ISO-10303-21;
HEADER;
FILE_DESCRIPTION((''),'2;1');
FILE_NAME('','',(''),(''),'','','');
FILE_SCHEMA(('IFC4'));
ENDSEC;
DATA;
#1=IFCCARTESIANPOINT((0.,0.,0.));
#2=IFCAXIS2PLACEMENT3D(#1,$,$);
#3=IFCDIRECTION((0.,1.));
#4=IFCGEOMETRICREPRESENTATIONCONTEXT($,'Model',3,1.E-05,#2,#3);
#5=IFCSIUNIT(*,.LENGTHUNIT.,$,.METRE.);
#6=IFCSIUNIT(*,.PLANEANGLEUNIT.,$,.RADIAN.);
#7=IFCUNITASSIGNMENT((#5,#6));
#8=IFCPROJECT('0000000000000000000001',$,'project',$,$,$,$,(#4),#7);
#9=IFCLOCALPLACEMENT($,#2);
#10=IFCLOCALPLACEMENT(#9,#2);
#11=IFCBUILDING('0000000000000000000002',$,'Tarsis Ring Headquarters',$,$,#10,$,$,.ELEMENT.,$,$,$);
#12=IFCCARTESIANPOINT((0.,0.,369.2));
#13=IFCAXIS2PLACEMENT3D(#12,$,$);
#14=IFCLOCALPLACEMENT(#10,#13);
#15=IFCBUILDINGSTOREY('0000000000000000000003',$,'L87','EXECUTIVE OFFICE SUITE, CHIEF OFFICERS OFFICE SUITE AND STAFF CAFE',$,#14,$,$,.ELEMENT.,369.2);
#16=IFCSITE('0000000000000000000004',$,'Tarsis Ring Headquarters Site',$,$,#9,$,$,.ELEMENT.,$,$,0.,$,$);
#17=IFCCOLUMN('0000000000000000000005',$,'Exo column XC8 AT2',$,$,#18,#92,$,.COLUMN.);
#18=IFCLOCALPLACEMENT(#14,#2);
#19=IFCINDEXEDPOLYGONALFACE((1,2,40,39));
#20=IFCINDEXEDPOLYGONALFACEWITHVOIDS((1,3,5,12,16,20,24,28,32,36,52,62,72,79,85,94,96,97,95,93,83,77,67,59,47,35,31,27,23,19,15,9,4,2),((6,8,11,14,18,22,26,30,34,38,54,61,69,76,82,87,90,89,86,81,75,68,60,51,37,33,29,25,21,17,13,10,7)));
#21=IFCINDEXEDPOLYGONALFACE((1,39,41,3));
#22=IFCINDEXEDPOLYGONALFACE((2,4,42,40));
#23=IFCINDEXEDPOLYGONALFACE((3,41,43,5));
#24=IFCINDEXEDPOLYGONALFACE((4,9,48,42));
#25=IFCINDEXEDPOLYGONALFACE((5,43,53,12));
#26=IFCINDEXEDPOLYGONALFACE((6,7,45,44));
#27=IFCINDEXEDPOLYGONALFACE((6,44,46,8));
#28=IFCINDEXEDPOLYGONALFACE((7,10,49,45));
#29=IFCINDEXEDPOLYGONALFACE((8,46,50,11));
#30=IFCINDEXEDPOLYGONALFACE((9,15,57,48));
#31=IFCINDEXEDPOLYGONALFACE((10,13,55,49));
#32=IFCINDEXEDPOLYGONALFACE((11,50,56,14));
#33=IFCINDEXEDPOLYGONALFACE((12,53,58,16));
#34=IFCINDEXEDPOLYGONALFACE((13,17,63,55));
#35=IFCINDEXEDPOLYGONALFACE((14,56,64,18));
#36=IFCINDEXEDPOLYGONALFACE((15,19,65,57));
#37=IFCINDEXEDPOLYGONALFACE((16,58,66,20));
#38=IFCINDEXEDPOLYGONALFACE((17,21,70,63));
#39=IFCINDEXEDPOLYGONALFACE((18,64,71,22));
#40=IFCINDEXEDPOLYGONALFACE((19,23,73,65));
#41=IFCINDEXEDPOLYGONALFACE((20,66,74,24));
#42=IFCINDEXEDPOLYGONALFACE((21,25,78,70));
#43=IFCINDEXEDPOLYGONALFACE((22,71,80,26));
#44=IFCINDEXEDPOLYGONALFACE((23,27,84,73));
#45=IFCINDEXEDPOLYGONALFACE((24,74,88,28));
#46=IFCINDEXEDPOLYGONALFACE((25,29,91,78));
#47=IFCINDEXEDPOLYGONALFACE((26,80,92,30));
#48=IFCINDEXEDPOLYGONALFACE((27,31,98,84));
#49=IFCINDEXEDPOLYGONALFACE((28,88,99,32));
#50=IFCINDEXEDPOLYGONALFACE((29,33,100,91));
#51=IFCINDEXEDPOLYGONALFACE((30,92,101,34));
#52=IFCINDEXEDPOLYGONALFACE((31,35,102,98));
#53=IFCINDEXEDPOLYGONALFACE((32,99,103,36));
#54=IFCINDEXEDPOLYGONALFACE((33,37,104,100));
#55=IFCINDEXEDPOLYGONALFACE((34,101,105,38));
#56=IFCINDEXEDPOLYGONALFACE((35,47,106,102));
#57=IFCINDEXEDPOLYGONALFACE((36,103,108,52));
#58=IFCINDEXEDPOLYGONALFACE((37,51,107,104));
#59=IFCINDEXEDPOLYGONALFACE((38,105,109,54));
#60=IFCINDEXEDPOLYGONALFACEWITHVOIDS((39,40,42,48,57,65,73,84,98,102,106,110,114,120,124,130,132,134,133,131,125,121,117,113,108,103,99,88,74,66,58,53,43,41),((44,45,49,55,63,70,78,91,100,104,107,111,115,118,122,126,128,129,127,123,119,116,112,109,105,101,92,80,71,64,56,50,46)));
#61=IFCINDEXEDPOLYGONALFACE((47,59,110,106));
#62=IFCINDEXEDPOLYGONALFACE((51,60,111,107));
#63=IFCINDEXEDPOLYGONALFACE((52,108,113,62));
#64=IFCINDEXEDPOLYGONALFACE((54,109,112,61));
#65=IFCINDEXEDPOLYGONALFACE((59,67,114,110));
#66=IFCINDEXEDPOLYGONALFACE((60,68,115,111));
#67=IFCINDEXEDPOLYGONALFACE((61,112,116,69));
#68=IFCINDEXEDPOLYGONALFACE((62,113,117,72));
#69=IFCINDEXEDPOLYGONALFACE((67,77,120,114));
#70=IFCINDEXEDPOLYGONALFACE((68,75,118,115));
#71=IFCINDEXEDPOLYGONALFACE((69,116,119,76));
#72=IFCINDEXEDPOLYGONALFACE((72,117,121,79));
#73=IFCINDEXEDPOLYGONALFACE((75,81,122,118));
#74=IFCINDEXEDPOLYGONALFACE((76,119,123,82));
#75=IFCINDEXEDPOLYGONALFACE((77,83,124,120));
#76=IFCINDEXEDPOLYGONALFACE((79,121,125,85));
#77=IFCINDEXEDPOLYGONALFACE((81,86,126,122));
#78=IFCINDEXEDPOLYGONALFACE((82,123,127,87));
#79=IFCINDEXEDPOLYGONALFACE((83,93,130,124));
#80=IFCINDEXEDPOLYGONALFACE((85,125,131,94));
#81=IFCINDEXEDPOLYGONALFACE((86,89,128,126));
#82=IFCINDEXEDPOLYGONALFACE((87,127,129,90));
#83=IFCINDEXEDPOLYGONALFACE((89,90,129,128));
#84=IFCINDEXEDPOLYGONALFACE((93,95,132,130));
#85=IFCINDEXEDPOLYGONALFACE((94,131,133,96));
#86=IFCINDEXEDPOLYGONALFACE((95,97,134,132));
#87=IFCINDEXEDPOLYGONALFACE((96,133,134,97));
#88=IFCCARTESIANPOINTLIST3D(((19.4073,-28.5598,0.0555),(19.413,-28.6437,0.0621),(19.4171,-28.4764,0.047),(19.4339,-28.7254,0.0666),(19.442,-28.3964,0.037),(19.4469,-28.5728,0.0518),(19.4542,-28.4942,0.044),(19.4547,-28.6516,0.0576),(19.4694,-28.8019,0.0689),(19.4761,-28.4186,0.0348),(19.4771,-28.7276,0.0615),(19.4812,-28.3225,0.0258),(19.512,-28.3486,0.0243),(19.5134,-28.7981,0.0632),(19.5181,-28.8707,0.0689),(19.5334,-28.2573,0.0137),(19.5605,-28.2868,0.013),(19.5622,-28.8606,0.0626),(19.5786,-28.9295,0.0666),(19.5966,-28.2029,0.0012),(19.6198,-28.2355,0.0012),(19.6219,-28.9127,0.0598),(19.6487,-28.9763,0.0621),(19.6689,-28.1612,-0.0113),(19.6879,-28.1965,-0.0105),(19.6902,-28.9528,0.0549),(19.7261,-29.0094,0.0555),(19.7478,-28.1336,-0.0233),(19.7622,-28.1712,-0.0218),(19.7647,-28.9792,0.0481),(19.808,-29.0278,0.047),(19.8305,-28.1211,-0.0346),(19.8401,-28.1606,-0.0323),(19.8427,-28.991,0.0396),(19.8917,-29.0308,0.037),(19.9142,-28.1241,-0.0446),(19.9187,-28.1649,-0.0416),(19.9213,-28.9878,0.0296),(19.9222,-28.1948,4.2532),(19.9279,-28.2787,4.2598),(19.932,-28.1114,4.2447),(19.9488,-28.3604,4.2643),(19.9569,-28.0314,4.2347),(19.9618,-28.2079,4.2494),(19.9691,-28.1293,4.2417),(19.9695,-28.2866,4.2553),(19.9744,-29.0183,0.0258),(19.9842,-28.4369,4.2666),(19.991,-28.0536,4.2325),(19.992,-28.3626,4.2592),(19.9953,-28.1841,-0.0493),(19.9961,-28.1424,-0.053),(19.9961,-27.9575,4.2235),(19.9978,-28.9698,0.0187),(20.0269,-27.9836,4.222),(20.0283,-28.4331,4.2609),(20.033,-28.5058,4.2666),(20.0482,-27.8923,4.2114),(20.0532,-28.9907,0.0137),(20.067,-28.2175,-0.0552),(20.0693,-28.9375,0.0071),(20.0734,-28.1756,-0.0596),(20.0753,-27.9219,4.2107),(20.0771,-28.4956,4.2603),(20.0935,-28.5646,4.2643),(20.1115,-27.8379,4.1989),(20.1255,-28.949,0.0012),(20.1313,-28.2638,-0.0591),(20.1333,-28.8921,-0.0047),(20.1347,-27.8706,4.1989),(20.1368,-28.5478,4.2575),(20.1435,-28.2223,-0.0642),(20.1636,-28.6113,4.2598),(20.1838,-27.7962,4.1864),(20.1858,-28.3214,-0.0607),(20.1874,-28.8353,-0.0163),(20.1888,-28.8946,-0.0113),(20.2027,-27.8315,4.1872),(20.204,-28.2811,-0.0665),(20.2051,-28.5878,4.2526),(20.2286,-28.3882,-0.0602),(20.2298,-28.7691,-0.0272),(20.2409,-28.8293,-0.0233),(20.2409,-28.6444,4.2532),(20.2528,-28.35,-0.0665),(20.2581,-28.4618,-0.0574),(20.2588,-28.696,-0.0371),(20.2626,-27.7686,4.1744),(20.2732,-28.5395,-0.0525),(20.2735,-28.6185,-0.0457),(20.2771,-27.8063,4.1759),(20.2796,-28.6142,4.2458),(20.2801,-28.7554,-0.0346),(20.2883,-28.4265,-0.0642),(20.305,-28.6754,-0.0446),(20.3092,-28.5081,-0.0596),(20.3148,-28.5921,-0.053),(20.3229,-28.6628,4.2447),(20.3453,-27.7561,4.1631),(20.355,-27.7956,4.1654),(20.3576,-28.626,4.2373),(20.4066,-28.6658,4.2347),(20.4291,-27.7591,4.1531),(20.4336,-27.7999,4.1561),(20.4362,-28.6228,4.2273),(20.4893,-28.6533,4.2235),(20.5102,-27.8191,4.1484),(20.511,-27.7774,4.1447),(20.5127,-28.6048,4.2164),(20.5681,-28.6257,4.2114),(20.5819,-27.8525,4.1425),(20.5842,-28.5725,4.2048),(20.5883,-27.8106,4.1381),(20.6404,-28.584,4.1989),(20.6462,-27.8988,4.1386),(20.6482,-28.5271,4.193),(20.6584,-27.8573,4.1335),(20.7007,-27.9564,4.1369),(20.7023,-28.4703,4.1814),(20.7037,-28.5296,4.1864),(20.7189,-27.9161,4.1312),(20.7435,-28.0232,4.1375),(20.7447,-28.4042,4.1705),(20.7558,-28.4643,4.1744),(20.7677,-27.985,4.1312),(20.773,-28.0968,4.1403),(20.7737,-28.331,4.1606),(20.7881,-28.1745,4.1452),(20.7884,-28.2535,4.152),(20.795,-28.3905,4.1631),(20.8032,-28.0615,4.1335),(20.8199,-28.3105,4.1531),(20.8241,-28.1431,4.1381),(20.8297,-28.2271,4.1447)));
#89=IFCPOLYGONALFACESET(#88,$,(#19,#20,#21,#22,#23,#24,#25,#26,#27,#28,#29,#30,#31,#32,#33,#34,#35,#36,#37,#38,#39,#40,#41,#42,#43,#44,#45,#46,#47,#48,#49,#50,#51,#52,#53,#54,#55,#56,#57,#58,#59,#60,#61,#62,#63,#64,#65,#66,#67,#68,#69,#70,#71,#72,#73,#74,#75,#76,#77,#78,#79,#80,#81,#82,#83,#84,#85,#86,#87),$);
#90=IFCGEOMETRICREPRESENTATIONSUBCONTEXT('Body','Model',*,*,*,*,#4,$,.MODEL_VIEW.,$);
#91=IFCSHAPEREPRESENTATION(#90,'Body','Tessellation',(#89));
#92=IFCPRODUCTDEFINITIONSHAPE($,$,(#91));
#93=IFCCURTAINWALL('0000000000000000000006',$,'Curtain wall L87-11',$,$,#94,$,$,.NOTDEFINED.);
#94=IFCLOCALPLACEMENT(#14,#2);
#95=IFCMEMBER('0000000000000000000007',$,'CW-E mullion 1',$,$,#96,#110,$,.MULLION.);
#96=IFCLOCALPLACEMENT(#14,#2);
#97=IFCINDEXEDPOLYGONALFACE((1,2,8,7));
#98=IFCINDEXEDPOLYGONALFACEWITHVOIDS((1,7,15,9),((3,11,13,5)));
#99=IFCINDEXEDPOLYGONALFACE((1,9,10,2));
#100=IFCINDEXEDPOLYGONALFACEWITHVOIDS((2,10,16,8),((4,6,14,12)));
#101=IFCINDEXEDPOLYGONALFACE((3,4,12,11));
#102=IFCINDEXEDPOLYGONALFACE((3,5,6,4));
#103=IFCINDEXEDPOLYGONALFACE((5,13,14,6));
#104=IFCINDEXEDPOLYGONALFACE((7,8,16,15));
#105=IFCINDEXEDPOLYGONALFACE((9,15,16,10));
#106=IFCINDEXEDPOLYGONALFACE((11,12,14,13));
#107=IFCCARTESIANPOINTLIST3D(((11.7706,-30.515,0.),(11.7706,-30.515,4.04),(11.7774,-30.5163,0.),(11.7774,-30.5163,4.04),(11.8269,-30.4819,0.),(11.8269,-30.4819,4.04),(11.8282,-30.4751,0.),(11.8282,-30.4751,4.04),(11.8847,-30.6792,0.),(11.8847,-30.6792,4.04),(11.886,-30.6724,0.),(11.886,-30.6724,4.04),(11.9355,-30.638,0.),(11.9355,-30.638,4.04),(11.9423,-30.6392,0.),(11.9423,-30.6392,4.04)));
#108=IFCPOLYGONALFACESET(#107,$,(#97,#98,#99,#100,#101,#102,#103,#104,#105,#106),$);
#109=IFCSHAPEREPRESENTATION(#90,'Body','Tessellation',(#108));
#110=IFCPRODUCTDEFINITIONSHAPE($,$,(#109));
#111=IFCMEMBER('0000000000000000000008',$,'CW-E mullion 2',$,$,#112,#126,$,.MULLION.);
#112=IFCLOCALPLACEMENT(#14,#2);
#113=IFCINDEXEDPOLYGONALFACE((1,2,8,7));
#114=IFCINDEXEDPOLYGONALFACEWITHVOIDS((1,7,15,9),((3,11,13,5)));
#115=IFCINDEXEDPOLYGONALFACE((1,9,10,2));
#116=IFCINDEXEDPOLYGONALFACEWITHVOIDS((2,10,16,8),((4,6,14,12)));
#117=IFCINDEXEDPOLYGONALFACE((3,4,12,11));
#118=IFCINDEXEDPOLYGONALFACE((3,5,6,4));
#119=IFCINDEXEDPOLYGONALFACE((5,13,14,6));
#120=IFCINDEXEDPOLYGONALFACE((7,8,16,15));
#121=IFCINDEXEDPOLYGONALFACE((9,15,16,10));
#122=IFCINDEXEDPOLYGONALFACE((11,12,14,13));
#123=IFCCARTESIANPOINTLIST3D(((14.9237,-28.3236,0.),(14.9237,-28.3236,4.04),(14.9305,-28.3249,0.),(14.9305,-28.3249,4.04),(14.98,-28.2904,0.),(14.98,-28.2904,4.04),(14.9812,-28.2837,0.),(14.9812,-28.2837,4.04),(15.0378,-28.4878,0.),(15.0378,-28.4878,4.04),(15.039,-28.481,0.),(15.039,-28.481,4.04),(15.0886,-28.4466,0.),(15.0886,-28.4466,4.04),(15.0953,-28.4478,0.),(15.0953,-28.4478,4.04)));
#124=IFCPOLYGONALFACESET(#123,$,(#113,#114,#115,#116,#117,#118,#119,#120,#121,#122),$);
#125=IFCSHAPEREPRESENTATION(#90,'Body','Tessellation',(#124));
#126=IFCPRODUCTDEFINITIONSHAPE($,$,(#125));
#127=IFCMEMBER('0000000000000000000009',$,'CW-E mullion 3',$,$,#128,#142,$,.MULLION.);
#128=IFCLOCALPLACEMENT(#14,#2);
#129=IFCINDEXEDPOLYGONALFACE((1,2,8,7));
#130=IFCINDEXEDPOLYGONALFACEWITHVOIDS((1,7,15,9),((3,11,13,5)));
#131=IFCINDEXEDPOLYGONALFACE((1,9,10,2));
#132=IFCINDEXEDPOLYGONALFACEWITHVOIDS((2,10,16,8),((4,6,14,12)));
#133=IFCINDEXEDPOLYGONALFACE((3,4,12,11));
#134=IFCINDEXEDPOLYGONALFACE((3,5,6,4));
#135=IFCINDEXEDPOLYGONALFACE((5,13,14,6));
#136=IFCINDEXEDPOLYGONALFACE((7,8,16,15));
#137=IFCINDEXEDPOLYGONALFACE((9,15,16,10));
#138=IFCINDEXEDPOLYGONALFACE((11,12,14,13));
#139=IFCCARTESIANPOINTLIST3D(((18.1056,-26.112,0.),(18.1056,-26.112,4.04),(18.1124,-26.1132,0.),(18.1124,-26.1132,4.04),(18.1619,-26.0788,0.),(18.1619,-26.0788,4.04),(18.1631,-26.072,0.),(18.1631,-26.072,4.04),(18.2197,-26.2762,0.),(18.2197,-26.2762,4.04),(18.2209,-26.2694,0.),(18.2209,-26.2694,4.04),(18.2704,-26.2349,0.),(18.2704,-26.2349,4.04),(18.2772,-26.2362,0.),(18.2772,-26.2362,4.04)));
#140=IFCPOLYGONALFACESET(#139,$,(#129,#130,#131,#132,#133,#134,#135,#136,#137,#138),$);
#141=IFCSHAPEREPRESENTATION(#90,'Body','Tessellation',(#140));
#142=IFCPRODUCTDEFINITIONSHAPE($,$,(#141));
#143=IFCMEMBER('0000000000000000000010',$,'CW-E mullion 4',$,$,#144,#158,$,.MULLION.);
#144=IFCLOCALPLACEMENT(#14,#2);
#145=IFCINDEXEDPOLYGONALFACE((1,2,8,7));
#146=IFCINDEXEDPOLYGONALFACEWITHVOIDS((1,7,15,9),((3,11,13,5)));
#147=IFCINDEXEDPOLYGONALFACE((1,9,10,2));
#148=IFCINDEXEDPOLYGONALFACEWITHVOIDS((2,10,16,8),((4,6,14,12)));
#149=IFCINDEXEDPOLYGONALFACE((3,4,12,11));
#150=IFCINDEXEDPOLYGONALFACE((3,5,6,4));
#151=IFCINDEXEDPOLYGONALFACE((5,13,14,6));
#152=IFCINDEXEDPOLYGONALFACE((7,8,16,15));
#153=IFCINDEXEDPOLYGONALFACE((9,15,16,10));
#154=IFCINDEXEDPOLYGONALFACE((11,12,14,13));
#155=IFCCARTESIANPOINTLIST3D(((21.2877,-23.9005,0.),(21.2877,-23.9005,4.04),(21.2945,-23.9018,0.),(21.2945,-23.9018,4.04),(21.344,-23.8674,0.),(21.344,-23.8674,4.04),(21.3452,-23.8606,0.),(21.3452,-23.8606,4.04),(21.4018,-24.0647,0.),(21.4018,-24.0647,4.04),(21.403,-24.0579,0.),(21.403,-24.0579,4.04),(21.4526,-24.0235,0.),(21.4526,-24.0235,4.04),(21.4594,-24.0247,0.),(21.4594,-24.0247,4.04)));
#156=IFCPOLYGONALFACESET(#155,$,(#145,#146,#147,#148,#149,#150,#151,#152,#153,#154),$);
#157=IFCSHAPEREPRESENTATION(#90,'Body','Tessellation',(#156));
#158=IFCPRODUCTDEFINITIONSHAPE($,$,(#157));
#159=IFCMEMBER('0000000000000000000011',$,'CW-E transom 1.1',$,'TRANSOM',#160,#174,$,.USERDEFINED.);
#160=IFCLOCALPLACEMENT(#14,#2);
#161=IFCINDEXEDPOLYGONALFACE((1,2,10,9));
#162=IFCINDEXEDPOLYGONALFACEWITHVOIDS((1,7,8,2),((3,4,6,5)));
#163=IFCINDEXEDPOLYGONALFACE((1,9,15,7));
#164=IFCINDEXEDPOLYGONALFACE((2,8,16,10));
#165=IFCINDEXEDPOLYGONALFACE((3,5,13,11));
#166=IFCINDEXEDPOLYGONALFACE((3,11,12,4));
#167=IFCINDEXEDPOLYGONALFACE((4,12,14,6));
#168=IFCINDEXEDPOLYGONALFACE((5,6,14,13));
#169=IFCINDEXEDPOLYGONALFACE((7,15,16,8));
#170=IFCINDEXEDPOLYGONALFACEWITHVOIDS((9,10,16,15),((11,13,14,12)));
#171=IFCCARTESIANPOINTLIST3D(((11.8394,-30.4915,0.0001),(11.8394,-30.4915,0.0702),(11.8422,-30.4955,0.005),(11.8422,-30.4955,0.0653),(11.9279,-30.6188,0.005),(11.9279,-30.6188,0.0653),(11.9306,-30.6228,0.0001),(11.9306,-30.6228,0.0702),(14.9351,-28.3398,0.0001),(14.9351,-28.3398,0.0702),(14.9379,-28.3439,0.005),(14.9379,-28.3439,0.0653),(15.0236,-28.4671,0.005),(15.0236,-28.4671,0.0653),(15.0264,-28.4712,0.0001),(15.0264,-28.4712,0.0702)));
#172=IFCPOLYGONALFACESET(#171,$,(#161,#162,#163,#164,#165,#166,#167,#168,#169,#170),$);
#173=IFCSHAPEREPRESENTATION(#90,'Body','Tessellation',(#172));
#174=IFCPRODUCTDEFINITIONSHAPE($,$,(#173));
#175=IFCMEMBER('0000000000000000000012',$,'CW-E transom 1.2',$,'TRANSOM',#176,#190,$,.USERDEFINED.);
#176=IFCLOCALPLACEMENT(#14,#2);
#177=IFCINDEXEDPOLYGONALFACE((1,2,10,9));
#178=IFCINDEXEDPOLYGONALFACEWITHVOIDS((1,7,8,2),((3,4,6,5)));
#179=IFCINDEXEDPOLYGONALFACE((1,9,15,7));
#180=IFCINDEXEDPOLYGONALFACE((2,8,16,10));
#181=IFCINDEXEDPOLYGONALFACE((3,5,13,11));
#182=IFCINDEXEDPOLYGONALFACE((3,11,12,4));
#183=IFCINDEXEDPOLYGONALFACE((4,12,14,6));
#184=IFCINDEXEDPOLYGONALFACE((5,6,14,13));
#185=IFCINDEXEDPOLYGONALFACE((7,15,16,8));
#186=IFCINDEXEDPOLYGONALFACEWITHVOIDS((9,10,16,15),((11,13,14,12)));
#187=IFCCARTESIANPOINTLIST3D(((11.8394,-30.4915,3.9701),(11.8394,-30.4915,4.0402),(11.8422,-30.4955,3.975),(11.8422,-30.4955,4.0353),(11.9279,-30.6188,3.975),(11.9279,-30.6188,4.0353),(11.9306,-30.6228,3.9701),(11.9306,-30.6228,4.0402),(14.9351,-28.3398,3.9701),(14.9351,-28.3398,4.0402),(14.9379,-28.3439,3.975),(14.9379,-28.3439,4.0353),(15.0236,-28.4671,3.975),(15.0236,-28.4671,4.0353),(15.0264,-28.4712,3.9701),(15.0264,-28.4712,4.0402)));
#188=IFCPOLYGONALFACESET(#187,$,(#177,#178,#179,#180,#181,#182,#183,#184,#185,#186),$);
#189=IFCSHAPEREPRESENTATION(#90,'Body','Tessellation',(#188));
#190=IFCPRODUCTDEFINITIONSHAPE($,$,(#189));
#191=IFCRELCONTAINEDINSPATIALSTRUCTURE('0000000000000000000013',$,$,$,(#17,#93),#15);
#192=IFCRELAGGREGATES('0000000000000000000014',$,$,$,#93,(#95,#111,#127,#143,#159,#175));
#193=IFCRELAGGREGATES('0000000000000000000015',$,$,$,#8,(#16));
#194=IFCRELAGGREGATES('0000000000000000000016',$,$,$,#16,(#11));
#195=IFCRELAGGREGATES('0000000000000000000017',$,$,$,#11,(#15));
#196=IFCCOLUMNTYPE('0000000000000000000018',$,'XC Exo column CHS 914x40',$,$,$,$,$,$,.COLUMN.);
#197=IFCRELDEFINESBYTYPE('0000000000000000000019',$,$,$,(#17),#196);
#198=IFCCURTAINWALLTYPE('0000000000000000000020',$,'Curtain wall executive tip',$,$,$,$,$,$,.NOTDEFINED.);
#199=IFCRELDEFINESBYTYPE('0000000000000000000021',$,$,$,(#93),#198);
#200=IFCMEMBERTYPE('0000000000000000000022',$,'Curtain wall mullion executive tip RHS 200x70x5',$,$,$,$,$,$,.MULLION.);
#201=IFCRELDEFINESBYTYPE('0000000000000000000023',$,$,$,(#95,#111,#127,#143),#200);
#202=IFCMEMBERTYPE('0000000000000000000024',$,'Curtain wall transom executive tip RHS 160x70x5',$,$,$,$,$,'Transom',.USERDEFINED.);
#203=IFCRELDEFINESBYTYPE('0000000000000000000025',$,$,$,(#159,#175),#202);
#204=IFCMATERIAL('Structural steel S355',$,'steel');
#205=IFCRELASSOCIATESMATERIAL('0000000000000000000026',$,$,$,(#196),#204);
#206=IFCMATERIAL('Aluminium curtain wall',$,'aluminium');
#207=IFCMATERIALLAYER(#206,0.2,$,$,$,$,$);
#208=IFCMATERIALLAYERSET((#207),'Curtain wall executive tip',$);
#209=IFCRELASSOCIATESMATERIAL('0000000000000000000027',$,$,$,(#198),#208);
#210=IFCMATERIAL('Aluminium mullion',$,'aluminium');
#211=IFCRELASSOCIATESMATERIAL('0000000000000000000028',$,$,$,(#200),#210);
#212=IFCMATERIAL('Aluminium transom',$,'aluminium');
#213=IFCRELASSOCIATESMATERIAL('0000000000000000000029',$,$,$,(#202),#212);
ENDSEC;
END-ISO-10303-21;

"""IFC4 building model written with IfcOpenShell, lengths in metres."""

from ifc_helpers import new_model, si_unit, direction, frame, origin, origin_2d, place, context, subcontext, project, spatial, hollow_rectangle, hollow_circle, extrude, material, layer, layer_set, material_profile, profile_set, type_object, element, aggregate, save


model = new_model("IFC4")

# Units and contexts
model_context = context("Model", 3, precision=1e-05, world=origin(), true_north=direction((0.0, 1.0)))
body_context = subcontext(model_context, "Body", "Model", "MODEL_VIEW")
ifc_project = project(units=[si_unit("LENGTHUNIT", "METRE"), si_unit("PLANEANGLEUNIT", "RADIAN")], contexts=[model_context])

# Site, building, storey
site_placement = place(None, origin())
site = spatial("IfcSite", under=ifc_project, at=site_placement, Name="Tarsis Ring Headquarters Site", CompositionType="ELEMENT", RefElevation=0.0)
building_placement = place(site_placement, origin())
building = spatial("IfcBuilding", under=site, at=building_placement, Name="Tarsis Ring Headquarters", CompositionType="ELEMENT")
storey_placement = place(building_placement, frame((0.0, 0.0, 369.2)))
storey = spatial("IfcBuildingStorey", under=building, at=storey_placement, Name="L87", Description="EXECUTIVE OFFICE SUITE, CHIEF OFFICERS OFFICE SUITE AND STAFF CAFE", CompositionType="ELEMENT", Elevation=369.2)

# Column
ifc_material_1 = material(Name="Structural steel S355", Category="steel")
ifc_material_profile_1 = material_profile(ifc_material_1, hollow_circle(Radius=0.457, WallThickness=0.04, at=origin_2d()), Name="CHS 914x40")
ifc_profile_set_1 = profile_set([ifc_material_profile_1], Name="Structural steel S355")
column_type = type_object("IfcColumnType", Name="XC Exo column CHS 914x40", PredefinedType="COLUMN", material=ifc_profile_set_1)
column_placement = place(storey_placement, frame((19.8611, -28.5759, 0.0012), z_axis=(0.121296, 0.085983, 0.988885), x_axis=(-0.578307, 0.815819, 0.0)))
element("IfcColumn", 1, at=column_placement, inside=storey, type_object=column_type, Name="Exo column XC8 AT2", PredefinedType="COLUMN", context=body_context, shape_type="SweptSolid", body=[
    extrude(hollow_circle(Radius=0.4573, WallThickness=0.04, at=origin_2d()), origin(), (0.0, 0.0, 1.0), 4.2449),
])

# Curtain wall, members
ifc_material_2 = material(Name="Aluminium curtain wall", Category="aluminium")
ifc_layer_1 = layer(ifc_material_2, 0.2)
ifc_layer_set_1 = layer_set([ifc_layer_1], Name="Curtain wall executive tip")
curtain_wall_type = type_object("IfcCurtainWallType", Name="Curtain wall executive tip", PredefinedType="NOTDEFINED", material=ifc_layer_set_1)
curtain_wall_placement = place(storey_placement, origin())
curtain_wall = element("IfcCurtainWall", 2, at=curtain_wall_placement, inside=storey, type_object=curtain_wall_type, Name="Curtain wall L87-11", PredefinedType="NOTDEFINED")
ifc_material_3 = material(Name="Aluminium mullion", Category="aluminium")
ifc_material_profile_2 = material_profile(ifc_material_3, hollow_rectangle(XDim=0.2, YDim=0.0701, WallThickness=0.0049, at=origin_2d()), Name="RHS 200x70x5")
ifc_profile_set_2 = profile_set([ifc_material_profile_2], Name="Aluminium mullion")
member_type_1 = type_object("IfcMemberType", Name="Curtain wall mullion executive tip RHS 200x70x5", PredefinedType="MULLION", material=ifc_profile_set_2)
member_1_placement = place(storey_placement, frame((11.8564, -30.5771, 0.0), z_axis=(0.0, 0.0, 1.0), x_axis=(-0.570714, 0.821149, 0.0)))
member_1 = element("IfcMember", 3, at=member_1_placement, type_object=member_type_1, Name="CW-E mullion 1", PredefinedType="MULLION", context=body_context, shape_type="SweptSolid", body=[
    extrude(hollow_rectangle(XDim=0.2, YDim=0.0701, WallThickness=0.0049, at=origin_2d()), origin(), (0.0, 0.0, 1.0), 4.04),
])
member_2_placement = place(storey_placement, frame((15.0095, -28.3857, 0.0), z_axis=(0.0, 0.0, 1.0), x_axis=(-0.570714, 0.821149, 0.0)))
member_2 = element("IfcMember", 4, at=member_2_placement, type_object=member_type_1, Name="CW-E mullion 2", PredefinedType="MULLION", context=body_context, shape_type="SweptSolid", body=[
    extrude(hollow_rectangle(XDim=0.2, YDim=0.0701, WallThickness=0.0049, at=origin_2d()), origin(), (0.0, 0.0, 1.0), 4.04),
])
member_3_placement = place(storey_placement, frame((18.1914, -26.1741, 0.0), z_axis=(0.0, 0.0, 1.0), x_axis=(-0.570714, 0.821149, 0.0)))
member_3 = element("IfcMember", 5, at=member_3_placement, type_object=member_type_1, Name="CW-E mullion 3", PredefinedType="MULLION", context=body_context, shape_type="SweptSolid", body=[
    extrude(hollow_rectangle(XDim=0.2, YDim=0.0701, WallThickness=0.0049, at=origin_2d()), origin(), (0.0, 0.0, 1.0), 4.04),
])
member_4_placement = place(storey_placement, frame((21.3735, -23.9626, 0.0), z_axis=(0.0, 0.0, 1.0), x_axis=(-0.570714, 0.821149, 0.0)))
member_4 = element("IfcMember", 6, at=member_4_placement, type_object=member_type_1, Name="CW-E mullion 4", PredefinedType="MULLION", context=body_context, shape_type="SweptSolid", body=[
    extrude(hollow_rectangle(XDim=0.2, YDim=0.0701, WallThickness=0.0049, at=origin_2d()), origin(), (0.0, 0.0, 1.0), 4.04),
])
ifc_material_4 = material(Name="Aluminium transom", Category="aluminium")
ifc_material_profile_3 = material_profile(ifc_material_4, hollow_rectangle(XDim=0.1599, YDim=0.0701, WallThickness=0.0049, at=origin_2d()), Name="RHS 160x70x5")
ifc_profile_set_3 = profile_set([ifc_material_profile_3], Name="Aluminium transom")
member_type_2 = type_object("IfcMemberType", Name="Curtain wall transom executive tip RHS 160x70x5", ElementType="Transom", PredefinedType="USERDEFINED", material=ifc_profile_set_3)
member_5_placement = place(storey_placement, frame((11.885, -30.5571, 0.0352), z_axis=(0.821144, 0.570721, 0.0), x_axis=(-0.570721, 0.821144, 0.0)))
member_5 = element("IfcMember", 7, at=member_5_placement, type_object=member_type_2, Name="CW-E transom 1.1", ObjectType="TRANSOM", PredefinedType="USERDEFINED", context=body_context, shape_type="SweptSolid", body=[
    extrude(hollow_rectangle(XDim=0.1599, YDim=0.0701, WallThickness=0.0049, at=origin_2d()), origin(), (0.0, 0.0, 1.0), 3.77),
])
member_6_placement = place(storey_placement, frame((11.885, -30.5571, 4.0051), z_axis=(0.821144, 0.570721, 0.0), x_axis=(-0.570721, 0.821144, 0.0)))
member_6 = element("IfcMember", 8, at=member_6_placement, type_object=member_type_2, Name="CW-E transom 1.2", ObjectType="TRANSOM", PredefinedType="USERDEFINED", context=body_context, shape_type="SweptSolid", body=[
    extrude(hollow_rectangle(XDim=0.1599, YDim=0.0701, WallThickness=0.0049, at=origin_2d()), origin(), (0.0, 0.0, 1.0), 3.77),
])

aggregate(curtain_wall, [member_1, member_2, member_3, member_4, member_5, member_6])

save(model, "model.ifc")
